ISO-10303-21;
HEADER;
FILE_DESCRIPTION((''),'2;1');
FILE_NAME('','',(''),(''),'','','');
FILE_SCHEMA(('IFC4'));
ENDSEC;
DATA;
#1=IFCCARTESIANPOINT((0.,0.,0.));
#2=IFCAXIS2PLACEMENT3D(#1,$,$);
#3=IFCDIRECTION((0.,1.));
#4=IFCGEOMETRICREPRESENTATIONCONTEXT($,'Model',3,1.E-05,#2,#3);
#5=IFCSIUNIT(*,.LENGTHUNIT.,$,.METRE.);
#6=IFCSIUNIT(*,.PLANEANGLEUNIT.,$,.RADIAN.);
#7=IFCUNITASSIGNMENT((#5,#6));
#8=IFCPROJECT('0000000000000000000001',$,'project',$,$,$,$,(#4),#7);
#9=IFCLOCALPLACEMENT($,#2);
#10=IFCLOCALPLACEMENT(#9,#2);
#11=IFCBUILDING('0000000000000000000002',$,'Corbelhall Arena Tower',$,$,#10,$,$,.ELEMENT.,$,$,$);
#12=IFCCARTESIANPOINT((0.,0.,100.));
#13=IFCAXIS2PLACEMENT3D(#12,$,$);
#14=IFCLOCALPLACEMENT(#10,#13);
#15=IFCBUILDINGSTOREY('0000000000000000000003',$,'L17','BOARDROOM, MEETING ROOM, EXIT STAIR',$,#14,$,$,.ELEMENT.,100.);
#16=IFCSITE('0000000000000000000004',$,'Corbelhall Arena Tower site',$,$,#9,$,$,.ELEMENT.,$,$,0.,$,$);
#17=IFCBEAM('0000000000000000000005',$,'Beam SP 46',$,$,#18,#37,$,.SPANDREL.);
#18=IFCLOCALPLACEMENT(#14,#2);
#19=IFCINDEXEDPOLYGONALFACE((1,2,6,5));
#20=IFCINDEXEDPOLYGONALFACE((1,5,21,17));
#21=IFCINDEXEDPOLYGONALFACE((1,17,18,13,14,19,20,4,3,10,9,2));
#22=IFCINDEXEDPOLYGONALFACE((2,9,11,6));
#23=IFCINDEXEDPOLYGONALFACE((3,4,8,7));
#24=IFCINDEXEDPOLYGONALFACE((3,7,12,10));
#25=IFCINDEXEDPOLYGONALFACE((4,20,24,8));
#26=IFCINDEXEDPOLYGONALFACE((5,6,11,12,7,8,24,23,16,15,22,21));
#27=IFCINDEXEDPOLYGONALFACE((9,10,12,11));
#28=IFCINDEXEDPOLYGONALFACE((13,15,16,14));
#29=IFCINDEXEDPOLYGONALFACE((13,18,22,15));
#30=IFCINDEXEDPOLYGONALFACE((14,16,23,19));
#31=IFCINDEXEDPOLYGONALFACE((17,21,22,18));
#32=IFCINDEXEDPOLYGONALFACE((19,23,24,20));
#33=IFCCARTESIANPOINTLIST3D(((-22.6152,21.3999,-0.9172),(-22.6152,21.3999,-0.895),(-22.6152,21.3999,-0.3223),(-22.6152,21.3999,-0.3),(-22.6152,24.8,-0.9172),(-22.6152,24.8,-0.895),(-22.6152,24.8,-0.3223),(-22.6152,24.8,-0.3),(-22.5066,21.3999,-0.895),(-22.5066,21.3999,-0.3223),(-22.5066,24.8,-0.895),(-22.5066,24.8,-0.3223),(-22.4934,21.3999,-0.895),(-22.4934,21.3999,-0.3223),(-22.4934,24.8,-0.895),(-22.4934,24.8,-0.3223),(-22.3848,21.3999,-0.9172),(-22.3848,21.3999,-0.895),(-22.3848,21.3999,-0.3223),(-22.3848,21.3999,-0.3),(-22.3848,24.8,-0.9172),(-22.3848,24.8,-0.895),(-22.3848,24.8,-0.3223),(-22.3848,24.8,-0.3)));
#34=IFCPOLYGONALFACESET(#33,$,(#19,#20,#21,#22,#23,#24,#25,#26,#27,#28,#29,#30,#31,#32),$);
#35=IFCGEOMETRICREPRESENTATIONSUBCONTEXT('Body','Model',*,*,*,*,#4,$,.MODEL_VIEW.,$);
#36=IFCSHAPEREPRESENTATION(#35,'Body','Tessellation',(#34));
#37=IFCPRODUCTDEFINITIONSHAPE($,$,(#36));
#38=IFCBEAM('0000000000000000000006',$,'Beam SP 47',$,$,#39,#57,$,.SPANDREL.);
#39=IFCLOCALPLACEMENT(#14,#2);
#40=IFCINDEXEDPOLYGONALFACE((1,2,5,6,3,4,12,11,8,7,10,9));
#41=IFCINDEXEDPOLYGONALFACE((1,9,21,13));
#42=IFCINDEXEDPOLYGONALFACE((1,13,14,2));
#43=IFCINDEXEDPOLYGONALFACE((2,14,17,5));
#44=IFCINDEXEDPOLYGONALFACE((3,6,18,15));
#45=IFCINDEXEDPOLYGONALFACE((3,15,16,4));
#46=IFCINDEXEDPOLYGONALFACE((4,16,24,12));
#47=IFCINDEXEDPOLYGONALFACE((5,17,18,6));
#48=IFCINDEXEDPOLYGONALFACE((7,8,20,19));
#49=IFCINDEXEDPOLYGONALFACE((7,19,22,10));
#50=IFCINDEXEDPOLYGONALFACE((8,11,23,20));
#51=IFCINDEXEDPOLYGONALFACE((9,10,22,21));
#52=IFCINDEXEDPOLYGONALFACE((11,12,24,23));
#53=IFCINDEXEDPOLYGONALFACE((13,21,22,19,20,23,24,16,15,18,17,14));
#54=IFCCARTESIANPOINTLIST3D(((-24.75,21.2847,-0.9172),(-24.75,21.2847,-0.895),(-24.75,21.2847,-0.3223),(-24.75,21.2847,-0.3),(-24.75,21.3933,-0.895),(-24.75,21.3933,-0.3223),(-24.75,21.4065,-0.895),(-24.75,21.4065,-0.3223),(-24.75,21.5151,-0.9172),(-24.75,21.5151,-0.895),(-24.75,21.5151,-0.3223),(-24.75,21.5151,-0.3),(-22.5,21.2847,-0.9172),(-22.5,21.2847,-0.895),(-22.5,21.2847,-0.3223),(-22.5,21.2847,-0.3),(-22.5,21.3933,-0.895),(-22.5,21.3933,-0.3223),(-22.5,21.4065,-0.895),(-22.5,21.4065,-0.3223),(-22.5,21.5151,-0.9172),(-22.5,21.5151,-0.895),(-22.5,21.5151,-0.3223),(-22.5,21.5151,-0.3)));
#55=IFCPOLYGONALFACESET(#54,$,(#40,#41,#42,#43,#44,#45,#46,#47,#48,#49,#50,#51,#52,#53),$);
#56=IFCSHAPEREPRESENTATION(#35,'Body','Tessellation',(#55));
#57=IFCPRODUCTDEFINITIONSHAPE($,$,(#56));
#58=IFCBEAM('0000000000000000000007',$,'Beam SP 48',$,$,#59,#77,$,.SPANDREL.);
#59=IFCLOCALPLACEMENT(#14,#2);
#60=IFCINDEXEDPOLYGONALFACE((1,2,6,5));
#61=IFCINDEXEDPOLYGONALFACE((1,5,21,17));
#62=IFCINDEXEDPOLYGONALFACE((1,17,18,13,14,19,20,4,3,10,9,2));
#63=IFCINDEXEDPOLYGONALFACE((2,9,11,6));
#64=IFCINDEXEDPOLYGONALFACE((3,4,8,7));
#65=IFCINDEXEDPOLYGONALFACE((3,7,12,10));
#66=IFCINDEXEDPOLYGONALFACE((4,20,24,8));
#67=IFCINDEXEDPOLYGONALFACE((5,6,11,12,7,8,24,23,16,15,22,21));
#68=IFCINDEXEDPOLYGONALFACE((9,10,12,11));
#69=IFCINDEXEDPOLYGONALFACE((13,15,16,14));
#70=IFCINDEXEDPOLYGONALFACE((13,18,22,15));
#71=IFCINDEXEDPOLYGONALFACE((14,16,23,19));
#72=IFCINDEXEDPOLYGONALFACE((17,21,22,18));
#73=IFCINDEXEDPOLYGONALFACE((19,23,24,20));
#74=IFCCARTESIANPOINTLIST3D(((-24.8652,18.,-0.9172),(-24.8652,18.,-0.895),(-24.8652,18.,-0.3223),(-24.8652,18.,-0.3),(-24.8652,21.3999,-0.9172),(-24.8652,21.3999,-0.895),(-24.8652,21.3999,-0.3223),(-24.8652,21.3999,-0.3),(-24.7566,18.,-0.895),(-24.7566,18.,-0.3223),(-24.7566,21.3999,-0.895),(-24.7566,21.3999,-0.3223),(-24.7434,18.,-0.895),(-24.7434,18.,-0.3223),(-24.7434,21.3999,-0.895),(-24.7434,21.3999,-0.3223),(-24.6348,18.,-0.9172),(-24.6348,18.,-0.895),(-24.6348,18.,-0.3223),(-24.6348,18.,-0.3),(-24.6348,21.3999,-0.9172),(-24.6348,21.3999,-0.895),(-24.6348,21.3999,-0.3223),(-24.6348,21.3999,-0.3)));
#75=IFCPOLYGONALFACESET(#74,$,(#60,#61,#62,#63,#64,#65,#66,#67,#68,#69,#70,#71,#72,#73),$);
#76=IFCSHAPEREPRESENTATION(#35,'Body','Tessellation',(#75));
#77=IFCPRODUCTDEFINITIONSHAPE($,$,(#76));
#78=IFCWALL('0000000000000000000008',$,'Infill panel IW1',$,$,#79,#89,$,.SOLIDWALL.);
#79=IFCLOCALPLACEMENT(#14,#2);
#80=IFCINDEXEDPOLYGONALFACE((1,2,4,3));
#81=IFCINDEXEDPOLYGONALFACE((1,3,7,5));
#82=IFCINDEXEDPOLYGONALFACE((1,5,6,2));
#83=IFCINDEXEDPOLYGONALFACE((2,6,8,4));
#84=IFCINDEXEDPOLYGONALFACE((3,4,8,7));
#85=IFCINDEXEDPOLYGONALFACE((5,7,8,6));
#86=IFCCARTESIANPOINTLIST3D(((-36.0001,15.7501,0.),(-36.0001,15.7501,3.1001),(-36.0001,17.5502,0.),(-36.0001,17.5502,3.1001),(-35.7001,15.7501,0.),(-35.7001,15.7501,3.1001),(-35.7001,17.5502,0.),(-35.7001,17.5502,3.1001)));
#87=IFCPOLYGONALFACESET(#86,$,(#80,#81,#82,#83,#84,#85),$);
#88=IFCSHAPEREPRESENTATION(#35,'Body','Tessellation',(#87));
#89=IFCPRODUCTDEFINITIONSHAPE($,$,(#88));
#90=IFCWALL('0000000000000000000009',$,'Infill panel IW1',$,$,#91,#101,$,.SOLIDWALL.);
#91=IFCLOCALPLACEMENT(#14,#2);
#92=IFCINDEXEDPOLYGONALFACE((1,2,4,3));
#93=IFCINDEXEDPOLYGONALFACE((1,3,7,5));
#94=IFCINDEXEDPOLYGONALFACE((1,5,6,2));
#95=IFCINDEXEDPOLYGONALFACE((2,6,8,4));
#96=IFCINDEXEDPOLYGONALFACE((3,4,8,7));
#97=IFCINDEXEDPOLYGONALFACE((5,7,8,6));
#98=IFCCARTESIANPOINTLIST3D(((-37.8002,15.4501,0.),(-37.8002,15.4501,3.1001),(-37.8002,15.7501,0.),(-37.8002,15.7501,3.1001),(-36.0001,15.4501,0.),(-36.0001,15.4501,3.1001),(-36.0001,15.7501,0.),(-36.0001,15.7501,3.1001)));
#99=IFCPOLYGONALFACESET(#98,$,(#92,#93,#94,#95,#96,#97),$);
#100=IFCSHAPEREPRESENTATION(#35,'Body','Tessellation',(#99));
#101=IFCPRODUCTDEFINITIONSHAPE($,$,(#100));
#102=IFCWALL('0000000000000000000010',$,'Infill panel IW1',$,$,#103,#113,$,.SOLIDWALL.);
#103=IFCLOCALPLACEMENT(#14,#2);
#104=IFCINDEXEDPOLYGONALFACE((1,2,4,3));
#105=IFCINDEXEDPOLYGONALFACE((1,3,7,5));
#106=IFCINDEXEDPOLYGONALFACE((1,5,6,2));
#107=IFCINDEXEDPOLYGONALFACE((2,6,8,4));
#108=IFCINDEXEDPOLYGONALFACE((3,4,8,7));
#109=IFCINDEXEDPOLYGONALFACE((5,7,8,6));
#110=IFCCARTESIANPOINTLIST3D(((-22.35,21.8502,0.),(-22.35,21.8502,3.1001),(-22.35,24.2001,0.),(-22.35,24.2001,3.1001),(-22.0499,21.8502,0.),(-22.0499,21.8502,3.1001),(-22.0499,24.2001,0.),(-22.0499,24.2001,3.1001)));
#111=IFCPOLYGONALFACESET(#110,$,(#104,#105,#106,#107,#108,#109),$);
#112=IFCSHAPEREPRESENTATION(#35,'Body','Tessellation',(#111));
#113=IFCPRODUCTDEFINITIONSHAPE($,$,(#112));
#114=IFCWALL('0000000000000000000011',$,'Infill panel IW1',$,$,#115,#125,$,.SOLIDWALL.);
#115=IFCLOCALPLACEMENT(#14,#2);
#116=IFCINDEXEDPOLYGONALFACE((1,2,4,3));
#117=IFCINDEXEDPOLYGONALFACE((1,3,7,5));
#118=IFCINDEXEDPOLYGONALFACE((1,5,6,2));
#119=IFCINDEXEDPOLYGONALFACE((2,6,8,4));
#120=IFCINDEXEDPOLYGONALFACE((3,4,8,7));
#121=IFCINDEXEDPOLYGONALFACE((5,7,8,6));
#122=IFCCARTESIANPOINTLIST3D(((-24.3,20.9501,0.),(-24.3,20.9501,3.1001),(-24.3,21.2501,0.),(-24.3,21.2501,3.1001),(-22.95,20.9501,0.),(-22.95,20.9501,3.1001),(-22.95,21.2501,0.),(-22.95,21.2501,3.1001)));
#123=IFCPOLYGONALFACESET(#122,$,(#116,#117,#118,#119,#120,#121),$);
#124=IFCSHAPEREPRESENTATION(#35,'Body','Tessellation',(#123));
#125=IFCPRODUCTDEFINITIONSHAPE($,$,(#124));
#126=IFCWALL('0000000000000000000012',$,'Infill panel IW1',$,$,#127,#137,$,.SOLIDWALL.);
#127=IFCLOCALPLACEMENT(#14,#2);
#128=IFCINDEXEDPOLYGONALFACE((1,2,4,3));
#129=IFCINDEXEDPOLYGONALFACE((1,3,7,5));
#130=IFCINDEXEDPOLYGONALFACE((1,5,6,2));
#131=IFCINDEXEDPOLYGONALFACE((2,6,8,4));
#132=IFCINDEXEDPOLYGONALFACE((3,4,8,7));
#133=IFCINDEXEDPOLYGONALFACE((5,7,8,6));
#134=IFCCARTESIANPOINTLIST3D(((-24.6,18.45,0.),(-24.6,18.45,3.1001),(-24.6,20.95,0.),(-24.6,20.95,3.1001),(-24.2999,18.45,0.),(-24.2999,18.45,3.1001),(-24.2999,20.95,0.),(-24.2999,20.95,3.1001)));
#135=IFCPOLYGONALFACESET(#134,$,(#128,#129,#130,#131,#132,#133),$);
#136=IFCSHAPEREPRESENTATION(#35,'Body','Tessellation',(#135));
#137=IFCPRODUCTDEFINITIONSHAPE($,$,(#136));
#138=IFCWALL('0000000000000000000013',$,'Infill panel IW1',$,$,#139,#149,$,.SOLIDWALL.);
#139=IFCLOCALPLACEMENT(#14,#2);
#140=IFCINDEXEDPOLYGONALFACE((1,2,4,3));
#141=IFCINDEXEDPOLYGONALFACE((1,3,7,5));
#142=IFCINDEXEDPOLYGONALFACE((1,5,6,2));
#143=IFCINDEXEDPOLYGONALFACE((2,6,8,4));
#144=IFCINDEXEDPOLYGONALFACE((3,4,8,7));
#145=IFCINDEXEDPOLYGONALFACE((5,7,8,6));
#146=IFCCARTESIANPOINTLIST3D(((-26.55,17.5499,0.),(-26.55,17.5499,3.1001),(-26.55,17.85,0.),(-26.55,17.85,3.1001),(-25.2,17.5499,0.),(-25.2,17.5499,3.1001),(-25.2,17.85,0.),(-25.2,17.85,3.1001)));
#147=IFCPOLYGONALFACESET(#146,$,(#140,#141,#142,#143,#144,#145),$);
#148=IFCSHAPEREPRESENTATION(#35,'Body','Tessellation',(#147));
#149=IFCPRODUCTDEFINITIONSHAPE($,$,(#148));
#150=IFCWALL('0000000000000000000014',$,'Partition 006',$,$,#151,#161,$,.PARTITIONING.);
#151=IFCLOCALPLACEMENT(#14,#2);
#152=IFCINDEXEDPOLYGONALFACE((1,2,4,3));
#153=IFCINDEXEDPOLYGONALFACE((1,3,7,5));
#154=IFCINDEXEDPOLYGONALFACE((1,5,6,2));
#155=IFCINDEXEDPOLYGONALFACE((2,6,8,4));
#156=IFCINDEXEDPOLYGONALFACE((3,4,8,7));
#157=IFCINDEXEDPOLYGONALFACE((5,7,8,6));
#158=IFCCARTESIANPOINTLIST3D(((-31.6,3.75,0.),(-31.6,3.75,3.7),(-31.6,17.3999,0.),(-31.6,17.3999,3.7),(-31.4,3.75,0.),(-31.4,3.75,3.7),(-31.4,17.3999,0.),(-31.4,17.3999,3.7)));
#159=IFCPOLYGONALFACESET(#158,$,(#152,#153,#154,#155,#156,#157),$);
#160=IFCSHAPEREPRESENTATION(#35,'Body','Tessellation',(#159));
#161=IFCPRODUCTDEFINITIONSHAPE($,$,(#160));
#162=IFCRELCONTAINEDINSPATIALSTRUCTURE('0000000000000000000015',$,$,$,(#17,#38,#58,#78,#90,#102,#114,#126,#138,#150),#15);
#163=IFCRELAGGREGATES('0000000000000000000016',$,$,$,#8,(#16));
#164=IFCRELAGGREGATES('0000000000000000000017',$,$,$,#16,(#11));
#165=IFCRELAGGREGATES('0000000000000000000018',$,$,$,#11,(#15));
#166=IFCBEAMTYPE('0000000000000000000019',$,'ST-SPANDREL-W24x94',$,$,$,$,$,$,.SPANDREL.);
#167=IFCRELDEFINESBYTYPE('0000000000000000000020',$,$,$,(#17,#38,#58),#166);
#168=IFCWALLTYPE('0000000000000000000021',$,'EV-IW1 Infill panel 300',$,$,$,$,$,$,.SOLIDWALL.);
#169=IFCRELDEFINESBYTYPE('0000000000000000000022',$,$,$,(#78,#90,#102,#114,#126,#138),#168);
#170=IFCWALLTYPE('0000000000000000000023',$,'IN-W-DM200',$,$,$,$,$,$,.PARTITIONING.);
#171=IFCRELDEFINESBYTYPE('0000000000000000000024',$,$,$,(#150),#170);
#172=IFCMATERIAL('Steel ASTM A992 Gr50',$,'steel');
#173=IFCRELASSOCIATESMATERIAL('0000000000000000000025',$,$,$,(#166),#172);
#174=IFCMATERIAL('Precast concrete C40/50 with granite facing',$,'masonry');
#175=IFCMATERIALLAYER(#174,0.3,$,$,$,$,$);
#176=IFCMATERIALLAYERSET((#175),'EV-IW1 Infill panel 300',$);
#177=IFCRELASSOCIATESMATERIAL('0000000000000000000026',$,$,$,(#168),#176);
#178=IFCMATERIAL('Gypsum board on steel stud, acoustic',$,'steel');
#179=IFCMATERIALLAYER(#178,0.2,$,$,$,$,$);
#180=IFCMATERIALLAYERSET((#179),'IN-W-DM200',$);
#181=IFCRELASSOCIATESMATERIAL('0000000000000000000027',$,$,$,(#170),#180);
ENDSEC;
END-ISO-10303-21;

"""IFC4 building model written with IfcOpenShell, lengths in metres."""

from ifc_helpers import new_model, si_unit, direction, frame, frame_2d, origin, origin_2d, place, context, subcontext, project, spatial, rectangle, i_section, extrude, material, layer, layer_set, material_profile, profile_set, type_object, element, save


model = new_model("IFC4")

# Units and contexts
model_context = context("Model", 3, precision=1e-05, world=origin(), true_north=direction((0.0, 1.0)))
body_context = subcontext(model_context, "Body", "Model", "MODEL_VIEW")
ifc_project = project(units=[si_unit("LENGTHUNIT", "METRE"), si_unit("PLANEANGLEUNIT", "RADIAN")], contexts=[model_context])

# Site, building, storey
site_placement = place(None, origin())
site = spatial("IfcSite", under=ifc_project, at=site_placement, Name="Corbelhall Arena Tower site", CompositionType="ELEMENT", RefElevation=0.0)
building_placement = place(site_placement, origin())
building = spatial("IfcBuilding", under=site, at=building_placement, Name="Corbelhall Arena Tower", CompositionType="ELEMENT")
storey_placement = place(building_placement, frame((0.0, 0.0, 100.0)))
storey = spatial("IfcBuildingStorey", under=building, at=storey_placement, Name="L17", Description="BOARDROOM, MEETING ROOM, EXIT STAIR", CompositionType="ELEMENT", Elevation=100.0)

# Beams
ifc_material_1 = material(Name="Steel ASTM A992 Gr50", Category="steel")
ifc_material_profile_1 = material_profile(ifc_material_1, i_section(OverallWidth=0.2305, OverallDepth=0.6172, WebThickness=0.0132, FlangeThickness=0.0222, at=origin_2d()))
ifc_profile_set_1 = profile_set([ifc_material_profile_1], Name="Steel ASTM A992 Gr50")
beam_type = type_object("IfcBeamType", Name="ST-SPANDREL-W24x94", PredefinedType="SPANDREL", material=ifc_profile_set_1)
beam_1_placement = place(storey_placement, frame((-22.5, 21.3999, -0.6086), z_axis=(0.0, 1.0, 0.0), x_axis=(-1.0, 0.0, 0.0)))
element("IfcBeam", 1, at=beam_1_placement, inside=storey, type_object=beam_type, Name="Beam SP 46", PredefinedType="SPANDREL", context=body_context, shape_type="SweptSolid", body=[
    extrude(i_section(OverallWidth=0.2305, OverallDepth=0.6172, WebThickness=0.0132, FlangeThickness=0.0222, at=origin_2d()), origin(), (0.0, 0.0, 1.0), 3.4001),
])
beam_2_placement = place(storey_placement, frame((-24.75, 21.3999, -0.6086), z_axis=(1.0, 0.0, 0.0), x_axis=(0.0, 1.0, 0.0)))
element("IfcBeam", 2, at=beam_2_placement, inside=storey, type_object=beam_type, Name="Beam SP 47", PredefinedType="SPANDREL", context=body_context, shape_type="SweptSolid", body=[
    extrude(i_section(OverallWidth=0.2305, OverallDepth=0.6172, WebThickness=0.0132, FlangeThickness=0.0222, at=origin_2d()), origin(), (0.0, 0.0, 1.0), 2.25),
])
beam_3_placement = place(storey_placement, frame((-24.75, 18.0, -0.6086), z_axis=(0.0, 1.0, 0.0), x_axis=(-1.0, 0.0, 0.0)))
element("IfcBeam", 3, at=beam_3_placement, inside=storey, type_object=beam_type, Name="Beam SP 48", PredefinedType="SPANDREL", context=body_context, shape_type="SweptSolid", body=[
    extrude(i_section(OverallWidth=0.2305, OverallDepth=0.6172, WebThickness=0.0132, FlangeThickness=0.0222, at=origin_2d()), origin(), (0.0, 0.0, 1.0), 3.3999),
])

# Walls
ifc_material_2 = material(Name="Precast concrete C40/50 with granite facing", Category="masonry")
ifc_layer_1 = layer(ifc_material_2, 0.3)
ifc_layer_set_1 = layer_set([ifc_layer_1], Name="EV-IW1 Infill panel 300")
wall_type_1 = type_object("IfcWallType", Name="EV-IW1 Infill panel 300", PredefinedType="SOLIDWALL", material=ifc_layer_set_1)
for number, where, z_axis, x_axis, name in (
    (4, (-35.8501, 17.55, 0.0), (0.0, 0.0, 1.0), (0.0, -1.0, 0.0), "Infill panel IW1"),
    (5, (-37.8, 15.6001, 0.0), (0.0, 0.0, 1.0), (1.0, 0.0, 0.0), "Infill panel IW1"),
):
    element("IfcWall", number, at=place(storey_placement, frame(where, z_axis=z_axis, x_axis=x_axis)), inside=storey, type_object=wall_type_1, Name=name, PredefinedType="SOLIDWALL", context=body_context, shape_type="SweptSolid", body=[
        extrude(rectangle(XDim=1.8, YDim=0.3, at=frame_2d((0.8999, 0.0))), origin(), (0.0, 0.0, 1.0), 3.1001),
    ])
wall_1_placement = place(storey_placement, frame((-22.2, 24.2, 0.0), z_axis=(0.0, 0.0, 1.0), x_axis=(0.0, -1.0, 0.0)))
element("IfcWall", 6, at=wall_1_placement, inside=storey, type_object=wall_type_1, Name="Infill panel IW1", PredefinedType="SOLIDWALL", context=body_context, shape_type="SweptSolid", body=[
    extrude(rectangle(XDim=2.3499, YDim=0.3, at=frame_2d((1.1748, 0.0))), origin(), (0.0, 0.0, 1.0), 3.1001),
])
wall_2_placement = place(storey_placement, frame((-22.95, 21.1001, 0.0), z_axis=(0.0, 0.0, 1.0), x_axis=(-1.0, 0.0, 0.0)))
element("IfcWall", 7, at=wall_2_placement, inside=storey, type_object=wall_type_1, Name="Infill panel IW1", PredefinedType="SOLIDWALL", context=body_context, shape_type="SweptSolid", body=[
    extrude(rectangle(XDim=1.3501, YDim=0.3, at=frame_2d((0.675, 0.0))), origin(), (0.0, 0.0, 1.0), 3.1001),
])
wall_3_placement = place(storey_placement, frame((-24.45, 20.95, 0.0), z_axis=(0.0, 0.0, 1.0), x_axis=(0.0, -1.0, 0.0)))
element("IfcWall", 8, at=wall_3_placement, inside=storey, type_object=wall_type_1, Name="Infill panel IW1", PredefinedType="SOLIDWALL", context=body_context, shape_type="SweptSolid", body=[
    extrude(rectangle(XDim=2.5, YDim=0.3, at=frame_2d((1.25, 0.0))), origin(), (0.0, 0.0, 1.0), 3.1001),
])
wall_4_placement = place(storey_placement, frame((-25.2, 17.7, 0.0), z_axis=(0.0, 0.0, 1.0), x_axis=(-1.0, 0.0, 0.0)))
element("IfcWall", 9, at=wall_4_placement, inside=storey, type_object=wall_type_1, Name="Infill panel IW1", PredefinedType="SOLIDWALL", context=body_context, shape_type="SweptSolid", body=[
    extrude(rectangle(XDim=1.3501, YDim=0.3, at=frame_2d((0.675, 0.0))), origin(), (0.0, 0.0, 1.0), 3.1001),
])

# Wall
ifc_material_3 = material(Name="Gypsum board on steel stud, acoustic", Category="steel")
ifc_layer_2 = layer(ifc_material_3, 0.2)
ifc_layer_set_2 = layer_set([ifc_layer_2], Name="IN-W-DM200")
wall_type_2 = type_object("IfcWallType", Name="IN-W-DM200", PredefinedType="PARTITIONING", material=ifc_layer_set_2)
wall_5_placement = place(storey_placement, frame((-31.5, 17.3999, 0.0), z_axis=(0.0, 0.0, 1.0), x_axis=(0.0, -1.0, 0.0)))
element("IfcWall", 10, at=wall_5_placement, inside=storey, type_object=wall_type_2, Name="Partition 006", PredefinedType="PARTITIONING", context=body_context, shape_type="SweptSolid", body=[
    extrude(rectangle(XDim=13.6499, YDim=0.2, at=frame_2d((6.825, 0.0))), origin(), (0.0, 0.0, 1.0), 3.7),
])

save(model, "model.ifc")
